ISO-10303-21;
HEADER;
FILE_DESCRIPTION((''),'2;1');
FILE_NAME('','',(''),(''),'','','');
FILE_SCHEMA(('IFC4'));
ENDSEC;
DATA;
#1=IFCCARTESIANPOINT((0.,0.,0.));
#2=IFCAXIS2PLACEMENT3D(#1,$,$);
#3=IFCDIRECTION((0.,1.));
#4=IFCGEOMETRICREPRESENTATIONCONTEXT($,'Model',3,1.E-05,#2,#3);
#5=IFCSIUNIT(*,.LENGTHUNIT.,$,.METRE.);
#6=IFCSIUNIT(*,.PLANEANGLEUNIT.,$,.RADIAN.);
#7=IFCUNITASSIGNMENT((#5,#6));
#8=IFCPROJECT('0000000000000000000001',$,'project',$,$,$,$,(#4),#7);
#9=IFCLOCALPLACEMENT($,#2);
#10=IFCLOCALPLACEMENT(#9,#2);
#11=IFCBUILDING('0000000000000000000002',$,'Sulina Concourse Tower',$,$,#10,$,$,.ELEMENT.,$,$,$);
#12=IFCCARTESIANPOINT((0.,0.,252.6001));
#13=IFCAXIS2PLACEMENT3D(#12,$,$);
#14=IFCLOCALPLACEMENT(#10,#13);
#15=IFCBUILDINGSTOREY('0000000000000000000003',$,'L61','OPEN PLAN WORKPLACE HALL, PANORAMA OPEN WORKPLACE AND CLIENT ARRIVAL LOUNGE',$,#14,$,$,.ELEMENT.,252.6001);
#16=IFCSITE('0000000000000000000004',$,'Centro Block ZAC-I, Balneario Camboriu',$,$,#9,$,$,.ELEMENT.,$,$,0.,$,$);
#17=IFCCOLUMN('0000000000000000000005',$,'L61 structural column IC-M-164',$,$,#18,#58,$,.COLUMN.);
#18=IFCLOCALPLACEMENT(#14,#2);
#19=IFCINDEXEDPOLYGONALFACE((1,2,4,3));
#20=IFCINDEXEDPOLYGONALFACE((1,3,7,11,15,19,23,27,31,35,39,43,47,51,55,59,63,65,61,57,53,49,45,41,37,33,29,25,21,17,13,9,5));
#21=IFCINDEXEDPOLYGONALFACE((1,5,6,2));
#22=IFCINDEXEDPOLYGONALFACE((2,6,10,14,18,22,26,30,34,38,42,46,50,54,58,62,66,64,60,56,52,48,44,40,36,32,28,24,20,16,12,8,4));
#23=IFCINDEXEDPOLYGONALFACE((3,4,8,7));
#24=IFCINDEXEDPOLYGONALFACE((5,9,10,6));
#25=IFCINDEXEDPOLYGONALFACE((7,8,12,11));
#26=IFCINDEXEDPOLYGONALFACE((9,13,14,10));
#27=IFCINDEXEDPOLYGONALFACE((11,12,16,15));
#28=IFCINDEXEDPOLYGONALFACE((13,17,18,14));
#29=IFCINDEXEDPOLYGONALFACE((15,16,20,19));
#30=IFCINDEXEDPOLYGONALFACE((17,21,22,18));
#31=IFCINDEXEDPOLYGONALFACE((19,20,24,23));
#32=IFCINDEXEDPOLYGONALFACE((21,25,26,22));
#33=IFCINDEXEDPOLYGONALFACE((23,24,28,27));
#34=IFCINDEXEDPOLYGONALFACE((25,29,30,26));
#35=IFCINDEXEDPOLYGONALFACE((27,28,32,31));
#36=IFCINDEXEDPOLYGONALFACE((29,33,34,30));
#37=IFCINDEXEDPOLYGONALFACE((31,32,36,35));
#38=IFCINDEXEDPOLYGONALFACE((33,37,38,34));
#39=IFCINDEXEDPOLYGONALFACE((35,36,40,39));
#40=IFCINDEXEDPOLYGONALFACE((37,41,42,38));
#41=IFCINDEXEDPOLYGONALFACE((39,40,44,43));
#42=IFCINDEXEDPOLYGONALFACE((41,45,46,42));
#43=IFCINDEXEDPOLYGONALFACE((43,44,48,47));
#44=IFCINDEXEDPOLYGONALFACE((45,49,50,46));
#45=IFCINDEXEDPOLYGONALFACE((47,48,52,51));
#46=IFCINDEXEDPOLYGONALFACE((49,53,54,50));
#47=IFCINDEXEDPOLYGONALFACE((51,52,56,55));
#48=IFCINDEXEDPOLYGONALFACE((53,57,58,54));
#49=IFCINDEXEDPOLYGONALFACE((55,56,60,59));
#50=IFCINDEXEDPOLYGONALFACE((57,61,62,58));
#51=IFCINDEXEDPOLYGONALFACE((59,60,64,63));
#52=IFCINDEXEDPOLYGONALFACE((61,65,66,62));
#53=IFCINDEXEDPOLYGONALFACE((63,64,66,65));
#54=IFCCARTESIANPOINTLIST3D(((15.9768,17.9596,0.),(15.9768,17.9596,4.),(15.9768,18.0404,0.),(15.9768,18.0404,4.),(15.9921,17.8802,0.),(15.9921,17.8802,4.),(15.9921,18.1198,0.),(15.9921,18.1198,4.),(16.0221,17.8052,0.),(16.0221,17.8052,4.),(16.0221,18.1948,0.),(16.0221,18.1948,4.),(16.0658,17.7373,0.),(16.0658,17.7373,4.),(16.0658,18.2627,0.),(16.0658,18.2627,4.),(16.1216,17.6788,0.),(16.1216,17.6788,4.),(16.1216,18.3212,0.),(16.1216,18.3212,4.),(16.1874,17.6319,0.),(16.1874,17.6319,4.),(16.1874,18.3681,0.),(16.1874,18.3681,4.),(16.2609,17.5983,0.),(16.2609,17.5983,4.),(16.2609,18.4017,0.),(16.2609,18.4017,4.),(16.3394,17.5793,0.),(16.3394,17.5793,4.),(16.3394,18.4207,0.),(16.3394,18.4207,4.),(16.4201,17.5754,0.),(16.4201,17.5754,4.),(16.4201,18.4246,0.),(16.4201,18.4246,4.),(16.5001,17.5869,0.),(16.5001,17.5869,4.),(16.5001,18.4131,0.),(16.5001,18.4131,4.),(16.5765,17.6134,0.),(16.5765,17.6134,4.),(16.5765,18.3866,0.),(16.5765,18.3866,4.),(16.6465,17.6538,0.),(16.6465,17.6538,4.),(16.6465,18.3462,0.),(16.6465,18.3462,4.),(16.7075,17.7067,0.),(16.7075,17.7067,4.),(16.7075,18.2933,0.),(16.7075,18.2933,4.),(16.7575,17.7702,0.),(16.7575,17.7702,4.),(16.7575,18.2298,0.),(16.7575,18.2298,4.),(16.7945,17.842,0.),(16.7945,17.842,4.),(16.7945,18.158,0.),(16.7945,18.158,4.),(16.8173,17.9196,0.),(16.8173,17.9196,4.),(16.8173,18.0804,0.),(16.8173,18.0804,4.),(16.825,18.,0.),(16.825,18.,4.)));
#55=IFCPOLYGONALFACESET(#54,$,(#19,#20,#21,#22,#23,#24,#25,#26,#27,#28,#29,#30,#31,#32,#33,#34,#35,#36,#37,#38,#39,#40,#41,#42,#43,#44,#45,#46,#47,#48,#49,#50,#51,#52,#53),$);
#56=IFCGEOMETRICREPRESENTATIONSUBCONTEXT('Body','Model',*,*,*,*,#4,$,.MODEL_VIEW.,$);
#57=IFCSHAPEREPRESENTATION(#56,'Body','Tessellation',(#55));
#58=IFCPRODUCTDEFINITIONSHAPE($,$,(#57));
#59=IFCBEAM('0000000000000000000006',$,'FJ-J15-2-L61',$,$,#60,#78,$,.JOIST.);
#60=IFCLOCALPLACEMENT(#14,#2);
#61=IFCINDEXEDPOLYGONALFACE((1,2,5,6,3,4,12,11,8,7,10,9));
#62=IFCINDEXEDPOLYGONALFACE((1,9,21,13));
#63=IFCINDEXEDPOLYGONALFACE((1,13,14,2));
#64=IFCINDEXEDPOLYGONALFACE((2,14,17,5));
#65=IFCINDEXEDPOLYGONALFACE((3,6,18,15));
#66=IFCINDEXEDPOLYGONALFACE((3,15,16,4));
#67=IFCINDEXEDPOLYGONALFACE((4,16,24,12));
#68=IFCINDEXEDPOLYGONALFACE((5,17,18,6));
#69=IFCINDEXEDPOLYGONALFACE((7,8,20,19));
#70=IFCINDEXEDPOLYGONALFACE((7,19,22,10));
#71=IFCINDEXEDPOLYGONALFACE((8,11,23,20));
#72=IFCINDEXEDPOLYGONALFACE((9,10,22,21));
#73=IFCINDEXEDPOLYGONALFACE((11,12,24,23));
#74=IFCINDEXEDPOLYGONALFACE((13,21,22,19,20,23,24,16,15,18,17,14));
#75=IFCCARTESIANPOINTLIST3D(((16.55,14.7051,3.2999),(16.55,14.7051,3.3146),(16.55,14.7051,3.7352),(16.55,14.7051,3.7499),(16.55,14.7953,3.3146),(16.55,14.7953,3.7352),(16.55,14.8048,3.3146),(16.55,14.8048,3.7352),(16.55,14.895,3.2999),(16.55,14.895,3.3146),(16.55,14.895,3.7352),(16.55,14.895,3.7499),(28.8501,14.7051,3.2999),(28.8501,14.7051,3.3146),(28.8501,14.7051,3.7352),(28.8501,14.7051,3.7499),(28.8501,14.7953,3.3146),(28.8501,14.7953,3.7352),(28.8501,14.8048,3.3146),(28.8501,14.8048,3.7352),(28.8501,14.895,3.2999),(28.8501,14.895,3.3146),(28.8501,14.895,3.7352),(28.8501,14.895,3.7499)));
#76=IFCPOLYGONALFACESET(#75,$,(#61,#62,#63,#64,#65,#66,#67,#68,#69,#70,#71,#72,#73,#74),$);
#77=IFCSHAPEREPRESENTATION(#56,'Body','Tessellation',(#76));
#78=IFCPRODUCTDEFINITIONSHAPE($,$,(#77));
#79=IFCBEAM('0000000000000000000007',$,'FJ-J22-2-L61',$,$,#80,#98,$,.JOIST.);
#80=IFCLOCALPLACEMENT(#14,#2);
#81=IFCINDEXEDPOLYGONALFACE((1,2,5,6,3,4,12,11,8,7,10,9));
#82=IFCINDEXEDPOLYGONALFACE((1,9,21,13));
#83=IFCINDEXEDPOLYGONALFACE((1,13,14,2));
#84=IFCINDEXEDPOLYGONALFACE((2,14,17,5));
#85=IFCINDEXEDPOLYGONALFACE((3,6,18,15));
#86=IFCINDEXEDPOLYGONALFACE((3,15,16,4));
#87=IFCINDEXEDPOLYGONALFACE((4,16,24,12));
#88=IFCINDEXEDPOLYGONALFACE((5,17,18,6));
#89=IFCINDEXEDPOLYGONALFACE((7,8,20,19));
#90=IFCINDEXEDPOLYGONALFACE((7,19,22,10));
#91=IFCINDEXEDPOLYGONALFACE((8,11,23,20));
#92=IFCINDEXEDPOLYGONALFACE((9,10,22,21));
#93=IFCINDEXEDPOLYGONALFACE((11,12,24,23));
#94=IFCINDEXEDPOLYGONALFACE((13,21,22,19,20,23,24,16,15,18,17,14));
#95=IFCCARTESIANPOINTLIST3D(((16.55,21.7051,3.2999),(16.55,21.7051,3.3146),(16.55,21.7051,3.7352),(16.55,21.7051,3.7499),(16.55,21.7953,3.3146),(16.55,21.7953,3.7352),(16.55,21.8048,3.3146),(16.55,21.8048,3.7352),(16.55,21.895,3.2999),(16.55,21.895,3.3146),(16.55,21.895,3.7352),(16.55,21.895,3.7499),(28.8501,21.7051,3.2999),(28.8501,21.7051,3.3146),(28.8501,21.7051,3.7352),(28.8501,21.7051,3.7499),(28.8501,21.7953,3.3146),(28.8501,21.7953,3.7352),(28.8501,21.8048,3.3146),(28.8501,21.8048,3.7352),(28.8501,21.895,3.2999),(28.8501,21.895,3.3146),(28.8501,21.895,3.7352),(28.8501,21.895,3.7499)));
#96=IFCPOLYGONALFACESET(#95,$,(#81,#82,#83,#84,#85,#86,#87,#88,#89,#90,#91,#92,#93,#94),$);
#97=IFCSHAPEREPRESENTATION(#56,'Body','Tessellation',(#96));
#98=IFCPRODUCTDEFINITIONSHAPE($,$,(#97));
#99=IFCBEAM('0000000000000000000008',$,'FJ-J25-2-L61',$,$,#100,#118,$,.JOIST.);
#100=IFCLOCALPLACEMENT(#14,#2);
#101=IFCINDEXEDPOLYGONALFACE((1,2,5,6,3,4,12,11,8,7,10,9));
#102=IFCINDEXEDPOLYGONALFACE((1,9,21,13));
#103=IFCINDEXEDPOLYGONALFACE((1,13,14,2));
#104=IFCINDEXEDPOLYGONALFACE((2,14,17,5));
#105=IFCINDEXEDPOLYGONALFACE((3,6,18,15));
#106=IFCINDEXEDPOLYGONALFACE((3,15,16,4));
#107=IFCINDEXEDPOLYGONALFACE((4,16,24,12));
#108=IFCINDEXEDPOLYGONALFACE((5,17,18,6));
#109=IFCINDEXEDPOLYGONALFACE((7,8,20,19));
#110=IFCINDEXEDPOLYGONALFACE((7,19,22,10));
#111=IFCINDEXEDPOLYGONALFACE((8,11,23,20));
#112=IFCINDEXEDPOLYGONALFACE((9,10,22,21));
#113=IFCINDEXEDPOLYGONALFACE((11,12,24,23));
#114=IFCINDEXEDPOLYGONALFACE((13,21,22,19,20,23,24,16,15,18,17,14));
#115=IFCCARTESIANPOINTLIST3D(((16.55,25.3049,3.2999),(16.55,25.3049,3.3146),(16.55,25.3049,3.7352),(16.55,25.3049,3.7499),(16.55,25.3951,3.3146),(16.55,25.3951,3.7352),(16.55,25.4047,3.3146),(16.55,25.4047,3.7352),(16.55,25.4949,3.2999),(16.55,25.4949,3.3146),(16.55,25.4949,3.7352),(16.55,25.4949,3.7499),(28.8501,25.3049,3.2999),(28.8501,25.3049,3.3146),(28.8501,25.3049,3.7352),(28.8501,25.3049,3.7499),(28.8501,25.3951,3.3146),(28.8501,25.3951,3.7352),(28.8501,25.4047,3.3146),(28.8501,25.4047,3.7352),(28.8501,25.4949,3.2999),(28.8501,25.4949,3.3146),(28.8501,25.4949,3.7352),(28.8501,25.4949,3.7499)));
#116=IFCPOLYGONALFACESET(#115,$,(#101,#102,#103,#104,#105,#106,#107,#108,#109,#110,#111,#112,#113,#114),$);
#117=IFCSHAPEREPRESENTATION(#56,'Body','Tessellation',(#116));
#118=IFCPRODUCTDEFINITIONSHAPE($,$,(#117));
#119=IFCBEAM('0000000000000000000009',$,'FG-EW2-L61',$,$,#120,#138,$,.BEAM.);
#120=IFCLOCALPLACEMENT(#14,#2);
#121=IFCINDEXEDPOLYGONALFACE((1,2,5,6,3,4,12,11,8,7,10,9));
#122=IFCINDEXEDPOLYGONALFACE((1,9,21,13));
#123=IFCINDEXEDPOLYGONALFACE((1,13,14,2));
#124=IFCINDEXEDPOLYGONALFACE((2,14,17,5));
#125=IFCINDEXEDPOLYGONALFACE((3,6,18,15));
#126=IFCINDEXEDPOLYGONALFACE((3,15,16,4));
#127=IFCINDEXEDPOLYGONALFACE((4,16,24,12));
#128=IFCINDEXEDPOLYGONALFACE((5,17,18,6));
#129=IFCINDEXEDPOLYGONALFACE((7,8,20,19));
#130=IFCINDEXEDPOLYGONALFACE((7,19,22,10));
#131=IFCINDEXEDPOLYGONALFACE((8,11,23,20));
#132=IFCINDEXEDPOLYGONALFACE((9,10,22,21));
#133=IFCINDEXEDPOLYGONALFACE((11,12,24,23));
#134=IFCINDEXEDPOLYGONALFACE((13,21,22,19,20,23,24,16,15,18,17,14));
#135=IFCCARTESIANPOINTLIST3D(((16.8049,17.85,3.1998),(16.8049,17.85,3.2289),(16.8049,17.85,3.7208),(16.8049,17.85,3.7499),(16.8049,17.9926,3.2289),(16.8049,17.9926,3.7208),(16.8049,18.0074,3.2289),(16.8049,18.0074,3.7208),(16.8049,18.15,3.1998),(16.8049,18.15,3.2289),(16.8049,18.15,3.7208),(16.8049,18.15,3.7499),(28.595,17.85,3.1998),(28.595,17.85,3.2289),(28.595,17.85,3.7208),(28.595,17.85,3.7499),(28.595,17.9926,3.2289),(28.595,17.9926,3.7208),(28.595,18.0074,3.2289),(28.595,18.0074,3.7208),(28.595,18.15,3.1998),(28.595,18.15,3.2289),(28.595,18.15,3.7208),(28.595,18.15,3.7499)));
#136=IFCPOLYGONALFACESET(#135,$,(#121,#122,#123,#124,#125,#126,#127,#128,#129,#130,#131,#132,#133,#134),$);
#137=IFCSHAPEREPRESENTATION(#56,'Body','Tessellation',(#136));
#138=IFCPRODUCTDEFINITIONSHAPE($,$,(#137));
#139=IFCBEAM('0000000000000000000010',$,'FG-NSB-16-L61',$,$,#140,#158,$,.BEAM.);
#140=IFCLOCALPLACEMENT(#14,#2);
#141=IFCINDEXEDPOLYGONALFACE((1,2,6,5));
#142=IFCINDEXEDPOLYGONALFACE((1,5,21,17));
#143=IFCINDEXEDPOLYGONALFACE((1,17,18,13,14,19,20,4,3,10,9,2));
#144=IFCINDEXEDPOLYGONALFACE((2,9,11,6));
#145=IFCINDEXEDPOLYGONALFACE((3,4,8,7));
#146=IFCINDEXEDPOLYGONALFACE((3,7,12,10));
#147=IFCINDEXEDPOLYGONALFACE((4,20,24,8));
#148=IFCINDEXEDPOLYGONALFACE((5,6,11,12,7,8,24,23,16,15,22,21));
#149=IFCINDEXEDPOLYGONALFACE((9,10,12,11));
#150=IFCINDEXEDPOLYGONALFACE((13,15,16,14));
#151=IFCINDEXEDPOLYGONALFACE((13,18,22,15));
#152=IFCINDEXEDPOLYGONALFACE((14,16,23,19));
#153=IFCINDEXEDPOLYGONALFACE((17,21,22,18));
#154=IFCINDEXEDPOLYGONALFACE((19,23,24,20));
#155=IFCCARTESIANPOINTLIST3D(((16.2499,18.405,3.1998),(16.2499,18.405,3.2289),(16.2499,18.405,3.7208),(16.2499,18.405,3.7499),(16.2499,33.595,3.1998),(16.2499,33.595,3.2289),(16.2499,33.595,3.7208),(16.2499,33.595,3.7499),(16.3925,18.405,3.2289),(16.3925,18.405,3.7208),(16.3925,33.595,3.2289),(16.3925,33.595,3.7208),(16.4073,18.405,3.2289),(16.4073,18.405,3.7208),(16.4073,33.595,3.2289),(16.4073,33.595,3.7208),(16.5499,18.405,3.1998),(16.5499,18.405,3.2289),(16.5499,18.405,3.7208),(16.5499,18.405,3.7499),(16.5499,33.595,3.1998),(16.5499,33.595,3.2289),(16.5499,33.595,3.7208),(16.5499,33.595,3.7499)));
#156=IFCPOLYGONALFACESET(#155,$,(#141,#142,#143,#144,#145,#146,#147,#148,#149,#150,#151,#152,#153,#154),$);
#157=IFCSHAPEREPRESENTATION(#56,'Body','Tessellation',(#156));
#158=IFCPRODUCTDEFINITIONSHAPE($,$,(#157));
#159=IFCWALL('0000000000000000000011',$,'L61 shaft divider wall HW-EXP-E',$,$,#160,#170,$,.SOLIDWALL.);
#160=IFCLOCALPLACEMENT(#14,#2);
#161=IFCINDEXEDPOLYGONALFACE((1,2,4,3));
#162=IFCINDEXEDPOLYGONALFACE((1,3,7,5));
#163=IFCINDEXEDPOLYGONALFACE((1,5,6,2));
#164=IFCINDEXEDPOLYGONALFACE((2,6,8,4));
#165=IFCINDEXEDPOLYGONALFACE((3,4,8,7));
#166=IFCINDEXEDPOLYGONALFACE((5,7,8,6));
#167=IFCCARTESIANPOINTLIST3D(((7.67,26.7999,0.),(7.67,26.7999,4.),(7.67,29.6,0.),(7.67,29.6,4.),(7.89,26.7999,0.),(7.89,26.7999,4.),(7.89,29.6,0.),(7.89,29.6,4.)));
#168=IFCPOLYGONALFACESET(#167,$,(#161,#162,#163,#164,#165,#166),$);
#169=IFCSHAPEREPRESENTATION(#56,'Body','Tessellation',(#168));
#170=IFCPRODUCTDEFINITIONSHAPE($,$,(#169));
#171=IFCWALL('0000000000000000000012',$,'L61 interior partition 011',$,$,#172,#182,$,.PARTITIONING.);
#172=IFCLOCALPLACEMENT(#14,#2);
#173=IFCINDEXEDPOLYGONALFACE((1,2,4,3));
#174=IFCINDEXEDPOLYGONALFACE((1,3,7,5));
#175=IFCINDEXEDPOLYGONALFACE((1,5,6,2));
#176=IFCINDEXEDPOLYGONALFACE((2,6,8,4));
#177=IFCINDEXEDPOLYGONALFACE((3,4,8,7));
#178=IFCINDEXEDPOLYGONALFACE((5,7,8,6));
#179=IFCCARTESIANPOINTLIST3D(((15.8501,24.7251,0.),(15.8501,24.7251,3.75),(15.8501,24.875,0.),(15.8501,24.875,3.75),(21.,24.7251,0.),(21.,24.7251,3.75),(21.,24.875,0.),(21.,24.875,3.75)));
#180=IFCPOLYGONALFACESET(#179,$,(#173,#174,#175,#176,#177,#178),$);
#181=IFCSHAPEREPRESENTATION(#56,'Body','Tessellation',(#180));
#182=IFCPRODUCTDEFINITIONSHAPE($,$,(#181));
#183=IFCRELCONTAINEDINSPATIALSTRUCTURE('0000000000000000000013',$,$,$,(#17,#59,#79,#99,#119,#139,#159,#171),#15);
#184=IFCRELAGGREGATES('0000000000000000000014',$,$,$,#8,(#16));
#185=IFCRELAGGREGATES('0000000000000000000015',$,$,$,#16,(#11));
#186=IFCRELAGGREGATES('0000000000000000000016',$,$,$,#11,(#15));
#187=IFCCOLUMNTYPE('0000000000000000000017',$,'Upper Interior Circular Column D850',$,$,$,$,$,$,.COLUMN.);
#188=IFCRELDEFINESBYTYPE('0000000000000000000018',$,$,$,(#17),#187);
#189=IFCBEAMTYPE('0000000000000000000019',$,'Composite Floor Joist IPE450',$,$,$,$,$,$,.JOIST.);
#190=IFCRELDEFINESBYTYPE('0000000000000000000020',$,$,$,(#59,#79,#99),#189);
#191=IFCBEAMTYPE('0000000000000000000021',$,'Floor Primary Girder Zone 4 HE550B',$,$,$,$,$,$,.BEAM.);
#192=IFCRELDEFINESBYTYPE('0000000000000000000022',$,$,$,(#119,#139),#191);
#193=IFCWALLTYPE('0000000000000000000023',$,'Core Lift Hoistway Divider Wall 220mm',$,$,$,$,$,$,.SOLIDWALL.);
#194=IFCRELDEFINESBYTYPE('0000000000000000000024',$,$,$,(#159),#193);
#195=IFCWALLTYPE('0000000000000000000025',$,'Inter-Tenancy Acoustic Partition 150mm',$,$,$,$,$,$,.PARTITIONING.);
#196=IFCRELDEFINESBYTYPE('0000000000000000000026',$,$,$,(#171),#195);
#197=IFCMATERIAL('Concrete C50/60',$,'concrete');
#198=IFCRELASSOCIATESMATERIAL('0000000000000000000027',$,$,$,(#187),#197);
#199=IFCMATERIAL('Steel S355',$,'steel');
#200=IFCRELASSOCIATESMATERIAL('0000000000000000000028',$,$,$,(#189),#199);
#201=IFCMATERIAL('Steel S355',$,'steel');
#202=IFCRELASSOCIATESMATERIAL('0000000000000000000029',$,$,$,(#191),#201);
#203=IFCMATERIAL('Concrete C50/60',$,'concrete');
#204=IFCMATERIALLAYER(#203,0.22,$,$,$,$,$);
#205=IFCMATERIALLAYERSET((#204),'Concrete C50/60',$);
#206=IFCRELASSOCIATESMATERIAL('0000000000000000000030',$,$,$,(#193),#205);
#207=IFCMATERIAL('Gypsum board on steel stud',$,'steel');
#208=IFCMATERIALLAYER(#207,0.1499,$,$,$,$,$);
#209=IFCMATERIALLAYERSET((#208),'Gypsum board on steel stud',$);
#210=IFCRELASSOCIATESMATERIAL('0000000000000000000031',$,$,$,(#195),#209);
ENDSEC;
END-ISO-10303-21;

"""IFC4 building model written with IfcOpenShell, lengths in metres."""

from ifc_helpers import new_model, si_unit, direction, frame, frame_2d, origin, origin_2d, place, context, subcontext, project, spatial, rectangle, circle, i_section, extrude, material, layer, layer_set, material_profile, profile_set, type_object, element, save


model = new_model("IFC4")

# Units and contexts
model_context = context("Model", 3, precision=1e-05, world=origin(), true_north=direction((0.0, 1.0)))
body_context = subcontext(model_context, "Body", "Model", "MODEL_VIEW")
ifc_project = project(units=[si_unit("LENGTHUNIT", "METRE"), si_unit("PLANEANGLEUNIT", "RADIAN")], contexts=[model_context])

# Site, building, storey
site_placement = place(None, origin())
site = spatial("IfcSite", under=ifc_project, at=site_placement, Name="Centro Block ZAC-I, Balneario Camboriu", CompositionType="ELEMENT", RefElevation=0.0)
building_placement = place(site_placement, origin())
building = spatial("IfcBuilding", under=site, at=building_placement, Name="Sulina Concourse Tower", CompositionType="ELEMENT")
storey_placement = place(building_placement, frame((0.0, 0.0, 252.6001)))
storey = spatial("IfcBuildingStorey", under=building, at=storey_placement, Name="L61", Description="OPEN PLAN WORKPLACE HALL, PANORAMA OPEN WORKPLACE AND CLIENT ARRIVAL LOUNGE", CompositionType="ELEMENT", Elevation=252.6001)

# Column
ifc_material_1 = material(Name="Concrete C50/60", Category="concrete")
ifc_material_profile_1 = material_profile(ifc_material_1, circle(Radius=0.425, at=origin_2d()), Name="RC D850")
ifc_profile_set_1 = profile_set([ifc_material_profile_1], Name="Concrete C50/60")
column_type = type_object("IfcColumnType", Name="Upper Interior Circular Column D850", PredefinedType="COLUMN", material=ifc_profile_set_1)
column_placement = place(storey_placement, frame((16.3999, 18.0, 0.0), z_axis=(0.0, 0.0, 1.0), x_axis=(1.0, 0.0, 0.0)))
element("IfcColumn", 1, at=column_placement, inside=storey, type_object=column_type, Name="L61 structural column IC-M-164", PredefinedType="COLUMN", context=body_context, shape_type="SweptSolid", body=[
    extrude(circle(Radius=0.425, at=origin_2d()), origin(), (0.0, 0.0, 1.0), 4.0),
])

# Beams
ifc_material_2 = material(Name="Steel S355", Category="steel")
ifc_material_profile_2 = material_profile(ifc_material_2, i_section(OverallWidth=0.1899, OverallDepth=0.45, WebThickness=0.0095, FlangeThickness=0.0146, at=origin_2d()), Name="IPE 450")
ifc_profile_set_2 = profile_set([ifc_material_profile_2], Name="Steel S355")
beam_type_1 = type_object("IfcBeamType", Name="Composite Floor Joist IPE450", PredefinedType="JOIST", material=ifc_profile_set_2)
for number, where, z_axis, x_axis, name in (
    (2, (16.55, 14.8, 3.5249), (1.0, 0.0, 0.0), (0.0, 1.0, 0.0), "FJ-J15-2-L61"),
    (3, (16.55, 21.8, 3.5249), (1.0, 0.0, 0.0), (0.0, 1.0, 0.0), "FJ-J22-2-L61"),
    (4, (16.55, 25.3999, 3.5249), (1.0, 0.0, 0.0), (0.0, 1.0, 0.0), "FJ-J25-2-L61"),
):
    element("IfcBeam", number, at=place(storey_placement, frame(where, z_axis=z_axis, x_axis=x_axis)), inside=storey, type_object=beam_type_1, Name=name, PredefinedType="JOIST", context=body_context, shape_type="SweptSolid", body=[
        extrude(i_section(OverallWidth=0.1899, OverallDepth=0.45, WebThickness=0.0095, FlangeThickness=0.0146, at=origin_2d()), origin(), (0.0, 0.0, 1.0), 12.3),
    ])
ifc_material_3 = material(Name="Steel S355", Category="steel")
ifc_material_profile_3 = material_profile(ifc_material_3, i_section(OverallWidth=0.3, OverallDepth=0.55, WebThickness=0.0149, FlangeThickness=0.0291, at=origin_2d()), Name="HE 550 B")
ifc_profile_set_3 = profile_set([ifc_material_profile_3], Name="Steel S355")
beam_type_2 = type_object("IfcBeamType", Name="Floor Primary Girder Zone 4 HE550B", PredefinedType="BEAM", material=ifc_profile_set_3)
beam_1_placement = place(storey_placement, frame((16.8049, 18.0, 3.4749), z_axis=(1.0, 0.0, 0.0), x_axis=(0.0, 1.0, 0.0)))
element("IfcBeam", 5, at=beam_1_placement, inside=storey, type_object=beam_type_2, Name="FG-EW2-L61", PredefinedType="BEAM", context=body_context, shape_type="SweptSolid", body=[
    extrude(i_section(OverallWidth=0.3, OverallDepth=0.55, WebThickness=0.0149, FlangeThickness=0.0291, at=origin_2d()), origin(), (0.0, 0.0, 1.0), 11.79),
])
beam_2_placement = place(storey_placement, frame((16.3999, 18.405, 3.4749), z_axis=(0.0, 1.0, 0.0), x_axis=(-1.0, 0.0, 0.0)))
element("IfcBeam", 6, at=beam_2_placement, inside=storey, type_object=beam_type_2, Name="FG-NSB-16-L61", PredefinedType="BEAM", context=body_context, shape_type="SweptSolid", body=[
    extrude(i_section(OverallWidth=0.3, OverallDepth=0.55, WebThickness=0.0149, FlangeThickness=0.0291, at=origin_2d()), origin(), (0.0, 0.0, 1.0), 15.1899),
])

# Walls
ifc_material_4 = material(Name="Concrete C50/60", Category="concrete")
ifc_layer_1 = layer(ifc_material_4, 0.22)
ifc_layer_set_1 = layer_set([ifc_layer_1], Name="Concrete C50/60")
wall_type_1 = type_object("IfcWallType", Name="Core Lift Hoistway Divider Wall 220mm", PredefinedType="SOLIDWALL", material=ifc_layer_set_1)
wall_1_placement = place(storey_placement, frame((7.78, 26.8, 0.0), z_axis=(0.0, 0.0, 1.0), x_axis=(0.0, 1.0, 0.0)))
element("IfcWall", 7, at=wall_1_placement, inside=storey, type_object=wall_type_1, Name="L61 shaft divider wall HW-EXP-E", PredefinedType="SOLIDWALL", context=body_context, shape_type="SweptSolid", body=[
    extrude(rectangle(XDim=2.8, YDim=0.22, at=frame_2d((1.3999, 0.0))), origin(), (0.0, 0.0, 1.0), 4.0),
])
ifc_material_5 = material(Name="Gypsum board on steel stud", Category="steel")
ifc_layer_2 = layer(ifc_material_5, 0.1499)
ifc_layer_set_2 = layer_set([ifc_layer_2], Name="Gypsum board on steel stud")
wall_type_2 = type_object("IfcWallType", Name="Inter-Tenancy Acoustic Partition 150mm", PredefinedType="PARTITIONING", material=ifc_layer_set_2)
wall_2_placement = place(storey_placement, frame((15.8501, 24.8, 0.0), z_axis=(0.0, 0.0, 1.0), x_axis=(1.0, 0.0, 0.0)))
element("IfcWall", 8, at=wall_2_placement, inside=storey, type_object=wall_type_2, Name="L61 interior partition 011", PredefinedType="PARTITIONING", context=body_context, shape_type="SweptSolid", body=[
    extrude(rectangle(XDim=5.1499, YDim=0.1499, at=frame_2d((2.575, 0.0))), origin(), (0.0, 0.0, 1.0), 3.75),
])

save(model, "model.ifc")
